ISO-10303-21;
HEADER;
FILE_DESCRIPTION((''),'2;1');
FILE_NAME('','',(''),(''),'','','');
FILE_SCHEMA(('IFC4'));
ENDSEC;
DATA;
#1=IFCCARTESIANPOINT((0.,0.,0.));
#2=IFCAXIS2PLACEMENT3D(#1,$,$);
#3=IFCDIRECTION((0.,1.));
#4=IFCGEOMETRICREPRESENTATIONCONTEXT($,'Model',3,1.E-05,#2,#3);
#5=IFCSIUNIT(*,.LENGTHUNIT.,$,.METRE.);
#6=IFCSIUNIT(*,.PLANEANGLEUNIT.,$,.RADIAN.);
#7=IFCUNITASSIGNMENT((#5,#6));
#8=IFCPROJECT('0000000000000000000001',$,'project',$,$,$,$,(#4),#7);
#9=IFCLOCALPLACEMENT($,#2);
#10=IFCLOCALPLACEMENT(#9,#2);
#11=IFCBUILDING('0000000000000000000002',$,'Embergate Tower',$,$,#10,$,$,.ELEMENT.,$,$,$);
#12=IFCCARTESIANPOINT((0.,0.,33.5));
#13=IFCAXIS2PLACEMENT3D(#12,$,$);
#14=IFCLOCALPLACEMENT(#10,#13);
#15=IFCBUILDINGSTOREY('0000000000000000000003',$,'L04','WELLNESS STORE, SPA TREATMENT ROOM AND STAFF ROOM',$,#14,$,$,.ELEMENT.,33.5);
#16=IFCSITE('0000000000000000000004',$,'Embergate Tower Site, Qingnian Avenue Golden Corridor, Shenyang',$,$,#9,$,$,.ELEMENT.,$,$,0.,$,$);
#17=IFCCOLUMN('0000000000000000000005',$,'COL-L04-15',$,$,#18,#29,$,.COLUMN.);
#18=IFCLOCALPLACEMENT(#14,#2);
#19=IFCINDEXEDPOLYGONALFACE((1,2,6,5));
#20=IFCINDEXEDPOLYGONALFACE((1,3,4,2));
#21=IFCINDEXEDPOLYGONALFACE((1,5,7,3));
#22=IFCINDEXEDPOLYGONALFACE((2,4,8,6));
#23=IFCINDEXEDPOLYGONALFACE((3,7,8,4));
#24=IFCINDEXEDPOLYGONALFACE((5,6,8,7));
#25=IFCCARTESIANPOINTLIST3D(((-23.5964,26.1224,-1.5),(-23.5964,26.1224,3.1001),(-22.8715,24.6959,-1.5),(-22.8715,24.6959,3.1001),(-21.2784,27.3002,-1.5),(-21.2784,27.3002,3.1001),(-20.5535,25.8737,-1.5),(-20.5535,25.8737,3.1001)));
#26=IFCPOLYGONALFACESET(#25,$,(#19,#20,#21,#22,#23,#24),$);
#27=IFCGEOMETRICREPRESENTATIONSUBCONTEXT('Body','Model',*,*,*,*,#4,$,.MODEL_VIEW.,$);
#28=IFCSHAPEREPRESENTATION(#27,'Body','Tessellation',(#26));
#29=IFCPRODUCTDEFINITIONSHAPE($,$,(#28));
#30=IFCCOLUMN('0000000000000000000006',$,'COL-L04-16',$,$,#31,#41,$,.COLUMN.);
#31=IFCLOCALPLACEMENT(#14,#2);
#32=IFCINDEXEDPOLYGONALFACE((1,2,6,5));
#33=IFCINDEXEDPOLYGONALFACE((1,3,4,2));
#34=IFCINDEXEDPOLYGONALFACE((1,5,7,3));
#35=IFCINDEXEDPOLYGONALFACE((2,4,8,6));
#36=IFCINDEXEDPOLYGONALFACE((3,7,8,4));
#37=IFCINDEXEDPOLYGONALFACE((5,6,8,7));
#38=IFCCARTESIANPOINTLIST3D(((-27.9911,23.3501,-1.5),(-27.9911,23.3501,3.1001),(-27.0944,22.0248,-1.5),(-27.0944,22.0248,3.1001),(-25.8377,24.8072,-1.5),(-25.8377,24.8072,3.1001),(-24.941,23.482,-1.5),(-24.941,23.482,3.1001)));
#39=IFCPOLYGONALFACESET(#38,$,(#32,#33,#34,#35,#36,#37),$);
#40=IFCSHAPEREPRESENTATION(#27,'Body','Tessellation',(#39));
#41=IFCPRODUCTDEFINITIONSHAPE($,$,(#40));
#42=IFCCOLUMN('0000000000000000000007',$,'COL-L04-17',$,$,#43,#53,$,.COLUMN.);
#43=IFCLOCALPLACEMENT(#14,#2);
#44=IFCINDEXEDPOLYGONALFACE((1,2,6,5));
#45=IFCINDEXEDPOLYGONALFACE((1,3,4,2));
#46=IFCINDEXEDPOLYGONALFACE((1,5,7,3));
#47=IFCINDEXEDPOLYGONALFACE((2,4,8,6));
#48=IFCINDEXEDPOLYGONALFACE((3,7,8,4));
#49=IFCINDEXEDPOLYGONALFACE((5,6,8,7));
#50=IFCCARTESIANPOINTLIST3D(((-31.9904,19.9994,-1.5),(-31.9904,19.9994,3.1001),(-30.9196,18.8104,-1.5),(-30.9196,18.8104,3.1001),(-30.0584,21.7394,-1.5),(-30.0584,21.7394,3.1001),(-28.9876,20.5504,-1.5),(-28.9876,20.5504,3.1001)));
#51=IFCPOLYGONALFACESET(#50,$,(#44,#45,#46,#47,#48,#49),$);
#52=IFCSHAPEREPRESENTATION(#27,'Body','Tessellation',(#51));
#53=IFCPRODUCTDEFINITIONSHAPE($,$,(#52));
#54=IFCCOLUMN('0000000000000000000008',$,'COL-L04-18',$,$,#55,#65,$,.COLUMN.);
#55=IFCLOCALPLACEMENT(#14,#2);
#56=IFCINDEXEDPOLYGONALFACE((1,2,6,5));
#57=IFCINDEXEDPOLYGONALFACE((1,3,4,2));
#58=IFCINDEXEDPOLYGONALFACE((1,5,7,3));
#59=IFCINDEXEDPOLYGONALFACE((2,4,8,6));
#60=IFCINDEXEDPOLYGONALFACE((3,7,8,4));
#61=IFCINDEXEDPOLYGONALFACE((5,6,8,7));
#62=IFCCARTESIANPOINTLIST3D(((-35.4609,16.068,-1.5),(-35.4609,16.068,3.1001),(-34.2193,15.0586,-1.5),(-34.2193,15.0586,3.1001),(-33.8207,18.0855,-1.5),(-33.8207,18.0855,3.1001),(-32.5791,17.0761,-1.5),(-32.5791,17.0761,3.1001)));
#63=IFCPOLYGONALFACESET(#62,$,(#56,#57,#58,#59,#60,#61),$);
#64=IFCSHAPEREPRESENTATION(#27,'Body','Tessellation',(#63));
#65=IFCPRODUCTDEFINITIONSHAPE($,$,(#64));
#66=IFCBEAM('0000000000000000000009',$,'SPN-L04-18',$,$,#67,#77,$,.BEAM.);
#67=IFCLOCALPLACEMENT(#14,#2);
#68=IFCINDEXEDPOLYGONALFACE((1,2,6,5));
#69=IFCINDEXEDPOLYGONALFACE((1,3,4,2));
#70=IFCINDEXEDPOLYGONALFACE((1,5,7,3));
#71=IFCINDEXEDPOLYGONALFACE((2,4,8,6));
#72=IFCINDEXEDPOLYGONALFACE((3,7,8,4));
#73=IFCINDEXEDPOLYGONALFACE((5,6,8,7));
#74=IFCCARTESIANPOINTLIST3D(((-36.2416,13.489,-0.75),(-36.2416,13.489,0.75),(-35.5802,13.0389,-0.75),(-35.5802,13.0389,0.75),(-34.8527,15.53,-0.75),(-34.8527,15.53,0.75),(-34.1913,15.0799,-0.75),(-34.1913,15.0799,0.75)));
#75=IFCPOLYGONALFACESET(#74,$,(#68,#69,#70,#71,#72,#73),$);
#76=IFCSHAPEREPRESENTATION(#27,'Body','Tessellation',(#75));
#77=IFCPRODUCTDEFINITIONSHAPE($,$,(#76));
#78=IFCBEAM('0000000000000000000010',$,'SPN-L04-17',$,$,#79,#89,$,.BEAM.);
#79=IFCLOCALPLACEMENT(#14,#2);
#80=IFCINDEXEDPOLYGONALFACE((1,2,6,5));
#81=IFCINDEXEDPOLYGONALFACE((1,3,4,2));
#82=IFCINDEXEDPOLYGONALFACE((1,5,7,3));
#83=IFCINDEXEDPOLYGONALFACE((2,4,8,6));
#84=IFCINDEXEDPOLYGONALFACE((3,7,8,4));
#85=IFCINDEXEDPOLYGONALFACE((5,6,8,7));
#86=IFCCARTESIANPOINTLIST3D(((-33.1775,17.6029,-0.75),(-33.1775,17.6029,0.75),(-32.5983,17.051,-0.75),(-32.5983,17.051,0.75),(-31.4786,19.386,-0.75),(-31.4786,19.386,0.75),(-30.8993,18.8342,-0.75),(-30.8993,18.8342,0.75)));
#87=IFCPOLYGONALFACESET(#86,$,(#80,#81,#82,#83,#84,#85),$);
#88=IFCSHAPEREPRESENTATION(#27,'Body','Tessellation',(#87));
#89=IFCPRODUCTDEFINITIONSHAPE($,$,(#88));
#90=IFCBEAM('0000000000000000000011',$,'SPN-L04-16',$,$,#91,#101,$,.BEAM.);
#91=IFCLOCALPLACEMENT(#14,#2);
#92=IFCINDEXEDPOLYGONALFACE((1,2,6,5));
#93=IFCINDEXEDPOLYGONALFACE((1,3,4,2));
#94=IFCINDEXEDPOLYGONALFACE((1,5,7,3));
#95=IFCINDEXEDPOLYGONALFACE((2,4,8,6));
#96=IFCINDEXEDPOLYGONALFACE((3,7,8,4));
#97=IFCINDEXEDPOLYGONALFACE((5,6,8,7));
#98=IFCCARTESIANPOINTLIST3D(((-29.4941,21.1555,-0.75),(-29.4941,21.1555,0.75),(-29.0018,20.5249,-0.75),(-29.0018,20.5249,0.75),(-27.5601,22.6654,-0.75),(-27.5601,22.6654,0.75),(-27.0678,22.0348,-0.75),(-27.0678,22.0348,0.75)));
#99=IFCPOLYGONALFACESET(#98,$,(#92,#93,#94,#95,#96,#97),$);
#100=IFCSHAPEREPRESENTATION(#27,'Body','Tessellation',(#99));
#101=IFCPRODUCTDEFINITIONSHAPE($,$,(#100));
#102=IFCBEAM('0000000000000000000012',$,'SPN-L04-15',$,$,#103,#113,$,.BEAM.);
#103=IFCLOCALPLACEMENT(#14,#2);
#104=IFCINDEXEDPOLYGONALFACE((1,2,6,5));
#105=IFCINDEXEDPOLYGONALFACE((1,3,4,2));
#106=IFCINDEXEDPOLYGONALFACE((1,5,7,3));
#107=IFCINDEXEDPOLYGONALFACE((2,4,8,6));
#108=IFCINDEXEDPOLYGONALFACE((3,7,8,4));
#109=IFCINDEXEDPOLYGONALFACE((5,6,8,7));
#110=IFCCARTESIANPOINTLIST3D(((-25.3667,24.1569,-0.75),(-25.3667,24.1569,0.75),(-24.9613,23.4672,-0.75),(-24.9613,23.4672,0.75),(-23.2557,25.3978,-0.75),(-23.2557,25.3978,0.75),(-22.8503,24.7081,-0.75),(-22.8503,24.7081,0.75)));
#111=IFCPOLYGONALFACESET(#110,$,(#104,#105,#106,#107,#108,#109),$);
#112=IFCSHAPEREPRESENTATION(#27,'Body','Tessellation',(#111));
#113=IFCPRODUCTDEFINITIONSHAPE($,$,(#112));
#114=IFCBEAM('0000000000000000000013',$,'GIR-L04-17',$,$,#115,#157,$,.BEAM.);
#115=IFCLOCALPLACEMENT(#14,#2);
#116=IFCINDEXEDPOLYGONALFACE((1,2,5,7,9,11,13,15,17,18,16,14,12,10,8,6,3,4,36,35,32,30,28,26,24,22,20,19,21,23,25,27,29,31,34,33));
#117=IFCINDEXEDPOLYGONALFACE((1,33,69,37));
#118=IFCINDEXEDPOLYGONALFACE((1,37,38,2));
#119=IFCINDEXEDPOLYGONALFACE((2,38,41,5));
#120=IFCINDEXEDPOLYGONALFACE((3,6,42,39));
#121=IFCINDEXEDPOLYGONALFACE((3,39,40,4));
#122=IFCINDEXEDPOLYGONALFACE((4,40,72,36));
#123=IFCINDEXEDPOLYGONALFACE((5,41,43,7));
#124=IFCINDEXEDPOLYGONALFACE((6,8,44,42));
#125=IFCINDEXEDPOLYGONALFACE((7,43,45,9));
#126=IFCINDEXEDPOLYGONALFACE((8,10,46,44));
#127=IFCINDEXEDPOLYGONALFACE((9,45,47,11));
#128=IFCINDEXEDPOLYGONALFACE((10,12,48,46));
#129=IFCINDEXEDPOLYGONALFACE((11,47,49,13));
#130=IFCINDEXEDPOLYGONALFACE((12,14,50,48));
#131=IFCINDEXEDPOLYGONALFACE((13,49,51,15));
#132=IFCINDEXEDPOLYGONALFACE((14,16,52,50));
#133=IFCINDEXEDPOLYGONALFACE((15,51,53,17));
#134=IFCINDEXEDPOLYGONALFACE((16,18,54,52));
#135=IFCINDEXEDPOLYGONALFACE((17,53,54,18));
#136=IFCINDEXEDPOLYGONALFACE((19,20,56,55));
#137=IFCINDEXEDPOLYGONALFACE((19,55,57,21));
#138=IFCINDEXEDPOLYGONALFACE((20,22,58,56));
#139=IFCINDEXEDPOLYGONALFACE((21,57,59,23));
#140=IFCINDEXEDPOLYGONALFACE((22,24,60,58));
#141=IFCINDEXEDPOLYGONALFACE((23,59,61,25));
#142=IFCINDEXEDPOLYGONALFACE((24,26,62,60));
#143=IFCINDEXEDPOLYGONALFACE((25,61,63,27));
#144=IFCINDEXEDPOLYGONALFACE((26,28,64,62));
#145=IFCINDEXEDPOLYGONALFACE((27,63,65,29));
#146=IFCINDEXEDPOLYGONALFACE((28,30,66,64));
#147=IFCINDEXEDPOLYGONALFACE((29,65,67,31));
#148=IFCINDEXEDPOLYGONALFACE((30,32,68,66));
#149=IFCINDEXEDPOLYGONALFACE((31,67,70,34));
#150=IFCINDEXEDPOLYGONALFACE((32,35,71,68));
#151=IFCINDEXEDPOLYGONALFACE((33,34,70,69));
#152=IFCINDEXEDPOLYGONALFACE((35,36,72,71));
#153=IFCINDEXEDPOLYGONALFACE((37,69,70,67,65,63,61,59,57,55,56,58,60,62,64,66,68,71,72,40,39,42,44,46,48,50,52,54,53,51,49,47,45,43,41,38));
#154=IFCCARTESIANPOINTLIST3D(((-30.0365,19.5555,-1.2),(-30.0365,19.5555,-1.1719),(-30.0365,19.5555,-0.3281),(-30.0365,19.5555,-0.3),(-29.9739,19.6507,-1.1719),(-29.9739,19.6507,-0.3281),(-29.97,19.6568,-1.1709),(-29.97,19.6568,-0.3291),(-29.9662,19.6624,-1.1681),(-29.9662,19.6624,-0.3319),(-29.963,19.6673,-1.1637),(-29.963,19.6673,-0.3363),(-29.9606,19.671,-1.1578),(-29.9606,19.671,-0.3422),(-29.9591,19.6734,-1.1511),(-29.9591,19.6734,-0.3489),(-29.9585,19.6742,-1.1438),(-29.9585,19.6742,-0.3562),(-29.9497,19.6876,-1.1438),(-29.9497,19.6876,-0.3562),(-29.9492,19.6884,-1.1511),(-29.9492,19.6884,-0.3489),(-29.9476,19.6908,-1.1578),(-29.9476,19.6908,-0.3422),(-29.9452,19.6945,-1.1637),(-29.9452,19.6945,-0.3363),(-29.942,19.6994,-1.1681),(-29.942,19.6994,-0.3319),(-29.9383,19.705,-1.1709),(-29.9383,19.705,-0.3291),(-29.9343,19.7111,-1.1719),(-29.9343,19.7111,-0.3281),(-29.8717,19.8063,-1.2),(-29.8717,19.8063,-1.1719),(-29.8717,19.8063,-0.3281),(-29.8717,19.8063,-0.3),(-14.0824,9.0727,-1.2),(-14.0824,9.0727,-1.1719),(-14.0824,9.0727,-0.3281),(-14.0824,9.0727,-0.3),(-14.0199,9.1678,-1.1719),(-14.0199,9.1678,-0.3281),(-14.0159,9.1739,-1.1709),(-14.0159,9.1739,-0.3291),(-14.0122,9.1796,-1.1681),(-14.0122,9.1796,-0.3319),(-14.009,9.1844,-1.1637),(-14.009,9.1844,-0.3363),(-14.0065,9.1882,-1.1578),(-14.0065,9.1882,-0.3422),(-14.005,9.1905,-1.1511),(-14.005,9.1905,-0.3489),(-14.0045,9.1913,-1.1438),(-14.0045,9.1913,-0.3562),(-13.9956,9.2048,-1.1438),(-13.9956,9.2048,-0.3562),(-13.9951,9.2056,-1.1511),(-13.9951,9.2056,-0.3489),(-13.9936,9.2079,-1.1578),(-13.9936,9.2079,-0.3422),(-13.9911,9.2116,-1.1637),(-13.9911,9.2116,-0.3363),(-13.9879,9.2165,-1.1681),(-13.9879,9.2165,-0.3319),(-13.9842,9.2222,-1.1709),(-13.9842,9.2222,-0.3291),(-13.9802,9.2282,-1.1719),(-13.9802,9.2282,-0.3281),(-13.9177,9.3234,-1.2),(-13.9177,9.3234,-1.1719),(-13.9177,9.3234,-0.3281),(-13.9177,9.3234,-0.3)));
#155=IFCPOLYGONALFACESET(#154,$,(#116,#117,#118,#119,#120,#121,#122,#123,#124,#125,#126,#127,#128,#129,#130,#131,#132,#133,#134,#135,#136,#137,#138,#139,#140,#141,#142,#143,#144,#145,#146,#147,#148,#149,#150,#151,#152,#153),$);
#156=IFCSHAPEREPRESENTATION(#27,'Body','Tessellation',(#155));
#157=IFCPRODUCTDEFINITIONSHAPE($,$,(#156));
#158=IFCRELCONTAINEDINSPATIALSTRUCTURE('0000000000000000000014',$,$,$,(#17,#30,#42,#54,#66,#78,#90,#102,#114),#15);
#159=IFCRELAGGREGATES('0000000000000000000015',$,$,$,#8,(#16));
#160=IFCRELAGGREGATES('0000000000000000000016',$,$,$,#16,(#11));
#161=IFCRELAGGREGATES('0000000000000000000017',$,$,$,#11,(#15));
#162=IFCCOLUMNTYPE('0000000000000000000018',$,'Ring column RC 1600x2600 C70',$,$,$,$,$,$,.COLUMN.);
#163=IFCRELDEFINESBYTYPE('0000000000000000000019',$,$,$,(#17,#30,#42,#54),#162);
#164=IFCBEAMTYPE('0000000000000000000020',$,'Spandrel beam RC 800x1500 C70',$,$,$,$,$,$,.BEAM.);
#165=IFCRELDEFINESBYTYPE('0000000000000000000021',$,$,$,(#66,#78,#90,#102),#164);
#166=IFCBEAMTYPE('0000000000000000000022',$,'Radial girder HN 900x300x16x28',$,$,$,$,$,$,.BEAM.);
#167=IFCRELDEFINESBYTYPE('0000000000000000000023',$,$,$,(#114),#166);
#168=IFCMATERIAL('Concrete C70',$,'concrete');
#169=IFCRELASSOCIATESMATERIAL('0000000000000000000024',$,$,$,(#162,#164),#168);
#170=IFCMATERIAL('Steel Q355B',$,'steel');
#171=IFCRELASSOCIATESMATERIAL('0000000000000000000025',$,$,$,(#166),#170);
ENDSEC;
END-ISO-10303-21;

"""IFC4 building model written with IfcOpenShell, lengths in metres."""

from ifc_helpers import new_model, si_unit, direction, frame, origin, origin_2d, place, context, subcontext, project, spatial, rectangle, i_section, extrude, source, transform, mapped, material, material_profile, profile_set, type_object, element, save


model = new_model("IFC4")

# Units and contexts
model_context = context("Model", 3, precision=1e-05, world=origin(), true_north=direction((0.0, 1.0)))
body_context = subcontext(model_context, "Body", "Model", "MODEL_VIEW")
ifc_project = project(units=[si_unit("LENGTHUNIT", "METRE"), si_unit("PLANEANGLEUNIT", "RADIAN")], contexts=[model_context])

# Site, building, storey
site_placement = place(None, origin())
site = spatial("IfcSite", under=ifc_project, at=site_placement, Name="Embergate Tower Site, Qingnian Avenue Golden Corridor, Shenyang", CompositionType="ELEMENT", RefElevation=0.0)
building_placement = place(site_placement, origin())
building = spatial("IfcBuilding", under=site, at=building_placement, Name="Embergate Tower", CompositionType="ELEMENT")
storey_placement = place(building_placement, frame((0.0, 0.0, 33.5)))
storey = spatial("IfcBuildingStorey", under=building, at=storey_placement, Name="L04", Description="WELLNESS STORE, SPA TREATMENT ROOM AND STAFF ROOM", CompositionType="ELEMENT", Elevation=33.5)

# Columns
ifc_material_1 = material(Name="Concrete C70", Category="concrete")
ifc_material_profile_1 = material_profile(ifc_material_1, rectangle(XDim=1.6001, YDim=2.6001, at=origin_2d()), Name="RC 1600x2600")
ifc_profile_set_1 = profile_set([ifc_material_profile_1], Name="Concrete C70")
column_type = type_object("IfcColumnType", Name="Ring column RC 1600x2600 C70", PredefinedType="COLUMN", material=ifc_profile_set_1)
shared_shape_1 = source(origin(), body_context, "Body", "SweptSolid", [
    extrude(rectangle(XDim=1.6001, YDim=2.6001, at=origin_2d()), origin(), (0.0, 0.0, 1.0), 4.6001),
])
for number, where, z_axis, x_axis, name in (
    (1, (-22.075, 25.998, -1.5), (0.0, 0.0, 1.0), (-0.453011, 0.891505, 0.0), "COL-L04-15"),
    (2, (-26.4661, 23.416, -1.5), (0.0, 0.0, 1.0), (-0.560408, 0.828217, 0.0), "COL-L04-16"),
    (3, (-30.489, 20.2749, -1.5), (0.0, 0.0, 1.0), (-0.669221, 0.743063, 0.0), "COL-L04-17"),
    (4, (-34.02, 16.572, -1.5), (0.0, 0.0, 1.0), (-0.775925, 0.630825, 0.0), "COL-L04-18"),
):
    element("IfcColumn", number, at=place(storey_placement, frame(where, z_axis=z_axis, x_axis=x_axis)), inside=storey, type_object=column_type, Name=name, PredefinedType="COLUMN", context=body_context, shape_type="MappedRepresentation", body=[
        mapped(shared_shape_1, transform((0.0, 0.0, 0.0))),
    ])

# Beams
ifc_material_profile_2 = material_profile(ifc_material_1, rectangle(XDim=0.8, YDim=1.5, at=origin_2d()), Name="RC 800x1500")
ifc_profile_set_2 = profile_set([ifc_material_profile_2], Name="Concrete C70")
beam_type_1 = type_object("IfcBeamType", Name="Spandrel beam RC 800x1500 C70", PredefinedType="BEAM", material=ifc_profile_set_2)
shared_shape_2 = source(origin(), body_context, "Body", "SweptSolid", [
    extrude(rectangle(XDim=0.8, YDim=1.5, at=origin_2d()), origin(), (0.0, 0.0, 1.0), 2.4688),
])
beam_1_placement = place(storey_placement, frame((-34.522, 15.3049, 0.0), z_axis=(-0.562594, -0.826733, 0.0), x_axis=(0.826733, -0.562594, 0.0)))
element("IfcBeam", 5, at=beam_1_placement, inside=storey, type_object=beam_type_1, Name="SPN-L04-18", PredefinedType="BEAM", context=body_context, shape_type="MappedRepresentation", body=[
    mapped(shared_shape_2, transform((0.0, 0.0, 0.0))),
])
shared_shape_3 = source(origin(), body_context, "Body", "SweptSolid", [
    extrude(rectangle(XDim=0.8, YDim=1.5, at=origin_2d()), origin(), (0.0, 0.0, 1.0), 2.4629),
])
beam_2_placement = place(storey_placement, frame((-31.189, 19.1101, 0.0), z_axis=(-0.689801, -0.723999, 0.0), x_axis=(0.723999, -0.689801, 0.0)))
element("IfcBeam", 6, at=beam_2_placement, inside=storey, type_object=beam_type_1, Name="SPN-L04-17", PredefinedType="BEAM", context=body_context, shape_type="MappedRepresentation", body=[
    mapped(shared_shape_3, transform((0.0, 0.0, 0.0))),
])
shared_shape_4 = source(origin(), body_context, "Body", "SweptSolid", [
    extrude(rectangle(XDim=0.8, YDim=1.5, at=origin_2d()), origin(), (0.0, 0.0, 1.0), 2.4536),
])
beam_3_placement = place(storey_placement, frame((-27.314, 22.3501, 0.0), z_axis=(-0.78822, -0.615393, 0.0), x_axis=(0.615393, -0.78822, 0.0)))
element("IfcBeam", 7, at=beam_3_placement, inside=storey, type_object=beam_type_1, Name="SPN-L04-16", PredefinedType="BEAM", context=body_context, shape_type="MappedRepresentation", body=[
    mapped(shared_shape_4, transform((0.0, 0.0, 0.0))),
])
shared_shape_5 = source(origin(), body_context, "Body", "SweptSolid", [
    extrude(rectangle(XDim=0.8, YDim=1.5, at=origin_2d()), origin(), (0.0, 0.0, 1.0), 2.4487),
])
beam_4_placement = place(storey_placement, frame((-23.053, 25.053, 0.0), z_axis=(-0.862085, -0.506763, 0.0), x_axis=(0.506763, -0.862085, 0.0)))
element("IfcBeam", 8, at=beam_4_placement, inside=storey, type_object=beam_type_1, Name="SPN-L04-15", PredefinedType="BEAM", context=body_context, shape_type="MappedRepresentation", body=[
    mapped(shared_shape_5, transform((0.0, 0.0, 0.0))),
])
ifc_material_2 = material(Name="Steel Q355B", Category="steel")
ifc_material_profile_3 = material_profile(ifc_material_2, i_section(OverallWidth=0.3, OverallDepth=0.8999, WebThickness=0.0161, FlangeThickness=0.0281, FilletRadius=0.0281, at=origin_2d()), Name="HN 900x300x16x28")
ifc_profile_set_3 = profile_set([ifc_material_profile_3], Name="Steel Q355 grade B")
beam_type_2 = type_object("IfcBeamType", Name="Radial girder HN 900x300x16x28", PredefinedType="BEAM", material=ifc_profile_set_3)
shared_shape_6 = source(origin(), body_context, "Body", "SweptSolid", [
    extrude(i_section(OverallWidth=0.3, OverallDepth=0.8999, WebThickness=0.0161, FlangeThickness=0.0281, FilletRadius=0.0281, at=origin_2d()), origin(), (0.0, 0.0, 1.0), 19.0898),
])
beam_5_placement = place(storey_placement, frame((-29.9541, 19.6809, -0.75), z_axis=(0.835735, -0.549133, 0.0), x_axis=(0.549133, 0.835735, 0.0)))
element("IfcBeam", 9, at=beam_5_placement, inside=storey, type_object=beam_type_2, Name="GIR-L04-17", PredefinedType="BEAM", context=body_context, shape_type="MappedRepresentation", body=[
    mapped(shared_shape_6, transform((0.0, 0.0, 0.0))),
])

save(model, "model.ifc")
